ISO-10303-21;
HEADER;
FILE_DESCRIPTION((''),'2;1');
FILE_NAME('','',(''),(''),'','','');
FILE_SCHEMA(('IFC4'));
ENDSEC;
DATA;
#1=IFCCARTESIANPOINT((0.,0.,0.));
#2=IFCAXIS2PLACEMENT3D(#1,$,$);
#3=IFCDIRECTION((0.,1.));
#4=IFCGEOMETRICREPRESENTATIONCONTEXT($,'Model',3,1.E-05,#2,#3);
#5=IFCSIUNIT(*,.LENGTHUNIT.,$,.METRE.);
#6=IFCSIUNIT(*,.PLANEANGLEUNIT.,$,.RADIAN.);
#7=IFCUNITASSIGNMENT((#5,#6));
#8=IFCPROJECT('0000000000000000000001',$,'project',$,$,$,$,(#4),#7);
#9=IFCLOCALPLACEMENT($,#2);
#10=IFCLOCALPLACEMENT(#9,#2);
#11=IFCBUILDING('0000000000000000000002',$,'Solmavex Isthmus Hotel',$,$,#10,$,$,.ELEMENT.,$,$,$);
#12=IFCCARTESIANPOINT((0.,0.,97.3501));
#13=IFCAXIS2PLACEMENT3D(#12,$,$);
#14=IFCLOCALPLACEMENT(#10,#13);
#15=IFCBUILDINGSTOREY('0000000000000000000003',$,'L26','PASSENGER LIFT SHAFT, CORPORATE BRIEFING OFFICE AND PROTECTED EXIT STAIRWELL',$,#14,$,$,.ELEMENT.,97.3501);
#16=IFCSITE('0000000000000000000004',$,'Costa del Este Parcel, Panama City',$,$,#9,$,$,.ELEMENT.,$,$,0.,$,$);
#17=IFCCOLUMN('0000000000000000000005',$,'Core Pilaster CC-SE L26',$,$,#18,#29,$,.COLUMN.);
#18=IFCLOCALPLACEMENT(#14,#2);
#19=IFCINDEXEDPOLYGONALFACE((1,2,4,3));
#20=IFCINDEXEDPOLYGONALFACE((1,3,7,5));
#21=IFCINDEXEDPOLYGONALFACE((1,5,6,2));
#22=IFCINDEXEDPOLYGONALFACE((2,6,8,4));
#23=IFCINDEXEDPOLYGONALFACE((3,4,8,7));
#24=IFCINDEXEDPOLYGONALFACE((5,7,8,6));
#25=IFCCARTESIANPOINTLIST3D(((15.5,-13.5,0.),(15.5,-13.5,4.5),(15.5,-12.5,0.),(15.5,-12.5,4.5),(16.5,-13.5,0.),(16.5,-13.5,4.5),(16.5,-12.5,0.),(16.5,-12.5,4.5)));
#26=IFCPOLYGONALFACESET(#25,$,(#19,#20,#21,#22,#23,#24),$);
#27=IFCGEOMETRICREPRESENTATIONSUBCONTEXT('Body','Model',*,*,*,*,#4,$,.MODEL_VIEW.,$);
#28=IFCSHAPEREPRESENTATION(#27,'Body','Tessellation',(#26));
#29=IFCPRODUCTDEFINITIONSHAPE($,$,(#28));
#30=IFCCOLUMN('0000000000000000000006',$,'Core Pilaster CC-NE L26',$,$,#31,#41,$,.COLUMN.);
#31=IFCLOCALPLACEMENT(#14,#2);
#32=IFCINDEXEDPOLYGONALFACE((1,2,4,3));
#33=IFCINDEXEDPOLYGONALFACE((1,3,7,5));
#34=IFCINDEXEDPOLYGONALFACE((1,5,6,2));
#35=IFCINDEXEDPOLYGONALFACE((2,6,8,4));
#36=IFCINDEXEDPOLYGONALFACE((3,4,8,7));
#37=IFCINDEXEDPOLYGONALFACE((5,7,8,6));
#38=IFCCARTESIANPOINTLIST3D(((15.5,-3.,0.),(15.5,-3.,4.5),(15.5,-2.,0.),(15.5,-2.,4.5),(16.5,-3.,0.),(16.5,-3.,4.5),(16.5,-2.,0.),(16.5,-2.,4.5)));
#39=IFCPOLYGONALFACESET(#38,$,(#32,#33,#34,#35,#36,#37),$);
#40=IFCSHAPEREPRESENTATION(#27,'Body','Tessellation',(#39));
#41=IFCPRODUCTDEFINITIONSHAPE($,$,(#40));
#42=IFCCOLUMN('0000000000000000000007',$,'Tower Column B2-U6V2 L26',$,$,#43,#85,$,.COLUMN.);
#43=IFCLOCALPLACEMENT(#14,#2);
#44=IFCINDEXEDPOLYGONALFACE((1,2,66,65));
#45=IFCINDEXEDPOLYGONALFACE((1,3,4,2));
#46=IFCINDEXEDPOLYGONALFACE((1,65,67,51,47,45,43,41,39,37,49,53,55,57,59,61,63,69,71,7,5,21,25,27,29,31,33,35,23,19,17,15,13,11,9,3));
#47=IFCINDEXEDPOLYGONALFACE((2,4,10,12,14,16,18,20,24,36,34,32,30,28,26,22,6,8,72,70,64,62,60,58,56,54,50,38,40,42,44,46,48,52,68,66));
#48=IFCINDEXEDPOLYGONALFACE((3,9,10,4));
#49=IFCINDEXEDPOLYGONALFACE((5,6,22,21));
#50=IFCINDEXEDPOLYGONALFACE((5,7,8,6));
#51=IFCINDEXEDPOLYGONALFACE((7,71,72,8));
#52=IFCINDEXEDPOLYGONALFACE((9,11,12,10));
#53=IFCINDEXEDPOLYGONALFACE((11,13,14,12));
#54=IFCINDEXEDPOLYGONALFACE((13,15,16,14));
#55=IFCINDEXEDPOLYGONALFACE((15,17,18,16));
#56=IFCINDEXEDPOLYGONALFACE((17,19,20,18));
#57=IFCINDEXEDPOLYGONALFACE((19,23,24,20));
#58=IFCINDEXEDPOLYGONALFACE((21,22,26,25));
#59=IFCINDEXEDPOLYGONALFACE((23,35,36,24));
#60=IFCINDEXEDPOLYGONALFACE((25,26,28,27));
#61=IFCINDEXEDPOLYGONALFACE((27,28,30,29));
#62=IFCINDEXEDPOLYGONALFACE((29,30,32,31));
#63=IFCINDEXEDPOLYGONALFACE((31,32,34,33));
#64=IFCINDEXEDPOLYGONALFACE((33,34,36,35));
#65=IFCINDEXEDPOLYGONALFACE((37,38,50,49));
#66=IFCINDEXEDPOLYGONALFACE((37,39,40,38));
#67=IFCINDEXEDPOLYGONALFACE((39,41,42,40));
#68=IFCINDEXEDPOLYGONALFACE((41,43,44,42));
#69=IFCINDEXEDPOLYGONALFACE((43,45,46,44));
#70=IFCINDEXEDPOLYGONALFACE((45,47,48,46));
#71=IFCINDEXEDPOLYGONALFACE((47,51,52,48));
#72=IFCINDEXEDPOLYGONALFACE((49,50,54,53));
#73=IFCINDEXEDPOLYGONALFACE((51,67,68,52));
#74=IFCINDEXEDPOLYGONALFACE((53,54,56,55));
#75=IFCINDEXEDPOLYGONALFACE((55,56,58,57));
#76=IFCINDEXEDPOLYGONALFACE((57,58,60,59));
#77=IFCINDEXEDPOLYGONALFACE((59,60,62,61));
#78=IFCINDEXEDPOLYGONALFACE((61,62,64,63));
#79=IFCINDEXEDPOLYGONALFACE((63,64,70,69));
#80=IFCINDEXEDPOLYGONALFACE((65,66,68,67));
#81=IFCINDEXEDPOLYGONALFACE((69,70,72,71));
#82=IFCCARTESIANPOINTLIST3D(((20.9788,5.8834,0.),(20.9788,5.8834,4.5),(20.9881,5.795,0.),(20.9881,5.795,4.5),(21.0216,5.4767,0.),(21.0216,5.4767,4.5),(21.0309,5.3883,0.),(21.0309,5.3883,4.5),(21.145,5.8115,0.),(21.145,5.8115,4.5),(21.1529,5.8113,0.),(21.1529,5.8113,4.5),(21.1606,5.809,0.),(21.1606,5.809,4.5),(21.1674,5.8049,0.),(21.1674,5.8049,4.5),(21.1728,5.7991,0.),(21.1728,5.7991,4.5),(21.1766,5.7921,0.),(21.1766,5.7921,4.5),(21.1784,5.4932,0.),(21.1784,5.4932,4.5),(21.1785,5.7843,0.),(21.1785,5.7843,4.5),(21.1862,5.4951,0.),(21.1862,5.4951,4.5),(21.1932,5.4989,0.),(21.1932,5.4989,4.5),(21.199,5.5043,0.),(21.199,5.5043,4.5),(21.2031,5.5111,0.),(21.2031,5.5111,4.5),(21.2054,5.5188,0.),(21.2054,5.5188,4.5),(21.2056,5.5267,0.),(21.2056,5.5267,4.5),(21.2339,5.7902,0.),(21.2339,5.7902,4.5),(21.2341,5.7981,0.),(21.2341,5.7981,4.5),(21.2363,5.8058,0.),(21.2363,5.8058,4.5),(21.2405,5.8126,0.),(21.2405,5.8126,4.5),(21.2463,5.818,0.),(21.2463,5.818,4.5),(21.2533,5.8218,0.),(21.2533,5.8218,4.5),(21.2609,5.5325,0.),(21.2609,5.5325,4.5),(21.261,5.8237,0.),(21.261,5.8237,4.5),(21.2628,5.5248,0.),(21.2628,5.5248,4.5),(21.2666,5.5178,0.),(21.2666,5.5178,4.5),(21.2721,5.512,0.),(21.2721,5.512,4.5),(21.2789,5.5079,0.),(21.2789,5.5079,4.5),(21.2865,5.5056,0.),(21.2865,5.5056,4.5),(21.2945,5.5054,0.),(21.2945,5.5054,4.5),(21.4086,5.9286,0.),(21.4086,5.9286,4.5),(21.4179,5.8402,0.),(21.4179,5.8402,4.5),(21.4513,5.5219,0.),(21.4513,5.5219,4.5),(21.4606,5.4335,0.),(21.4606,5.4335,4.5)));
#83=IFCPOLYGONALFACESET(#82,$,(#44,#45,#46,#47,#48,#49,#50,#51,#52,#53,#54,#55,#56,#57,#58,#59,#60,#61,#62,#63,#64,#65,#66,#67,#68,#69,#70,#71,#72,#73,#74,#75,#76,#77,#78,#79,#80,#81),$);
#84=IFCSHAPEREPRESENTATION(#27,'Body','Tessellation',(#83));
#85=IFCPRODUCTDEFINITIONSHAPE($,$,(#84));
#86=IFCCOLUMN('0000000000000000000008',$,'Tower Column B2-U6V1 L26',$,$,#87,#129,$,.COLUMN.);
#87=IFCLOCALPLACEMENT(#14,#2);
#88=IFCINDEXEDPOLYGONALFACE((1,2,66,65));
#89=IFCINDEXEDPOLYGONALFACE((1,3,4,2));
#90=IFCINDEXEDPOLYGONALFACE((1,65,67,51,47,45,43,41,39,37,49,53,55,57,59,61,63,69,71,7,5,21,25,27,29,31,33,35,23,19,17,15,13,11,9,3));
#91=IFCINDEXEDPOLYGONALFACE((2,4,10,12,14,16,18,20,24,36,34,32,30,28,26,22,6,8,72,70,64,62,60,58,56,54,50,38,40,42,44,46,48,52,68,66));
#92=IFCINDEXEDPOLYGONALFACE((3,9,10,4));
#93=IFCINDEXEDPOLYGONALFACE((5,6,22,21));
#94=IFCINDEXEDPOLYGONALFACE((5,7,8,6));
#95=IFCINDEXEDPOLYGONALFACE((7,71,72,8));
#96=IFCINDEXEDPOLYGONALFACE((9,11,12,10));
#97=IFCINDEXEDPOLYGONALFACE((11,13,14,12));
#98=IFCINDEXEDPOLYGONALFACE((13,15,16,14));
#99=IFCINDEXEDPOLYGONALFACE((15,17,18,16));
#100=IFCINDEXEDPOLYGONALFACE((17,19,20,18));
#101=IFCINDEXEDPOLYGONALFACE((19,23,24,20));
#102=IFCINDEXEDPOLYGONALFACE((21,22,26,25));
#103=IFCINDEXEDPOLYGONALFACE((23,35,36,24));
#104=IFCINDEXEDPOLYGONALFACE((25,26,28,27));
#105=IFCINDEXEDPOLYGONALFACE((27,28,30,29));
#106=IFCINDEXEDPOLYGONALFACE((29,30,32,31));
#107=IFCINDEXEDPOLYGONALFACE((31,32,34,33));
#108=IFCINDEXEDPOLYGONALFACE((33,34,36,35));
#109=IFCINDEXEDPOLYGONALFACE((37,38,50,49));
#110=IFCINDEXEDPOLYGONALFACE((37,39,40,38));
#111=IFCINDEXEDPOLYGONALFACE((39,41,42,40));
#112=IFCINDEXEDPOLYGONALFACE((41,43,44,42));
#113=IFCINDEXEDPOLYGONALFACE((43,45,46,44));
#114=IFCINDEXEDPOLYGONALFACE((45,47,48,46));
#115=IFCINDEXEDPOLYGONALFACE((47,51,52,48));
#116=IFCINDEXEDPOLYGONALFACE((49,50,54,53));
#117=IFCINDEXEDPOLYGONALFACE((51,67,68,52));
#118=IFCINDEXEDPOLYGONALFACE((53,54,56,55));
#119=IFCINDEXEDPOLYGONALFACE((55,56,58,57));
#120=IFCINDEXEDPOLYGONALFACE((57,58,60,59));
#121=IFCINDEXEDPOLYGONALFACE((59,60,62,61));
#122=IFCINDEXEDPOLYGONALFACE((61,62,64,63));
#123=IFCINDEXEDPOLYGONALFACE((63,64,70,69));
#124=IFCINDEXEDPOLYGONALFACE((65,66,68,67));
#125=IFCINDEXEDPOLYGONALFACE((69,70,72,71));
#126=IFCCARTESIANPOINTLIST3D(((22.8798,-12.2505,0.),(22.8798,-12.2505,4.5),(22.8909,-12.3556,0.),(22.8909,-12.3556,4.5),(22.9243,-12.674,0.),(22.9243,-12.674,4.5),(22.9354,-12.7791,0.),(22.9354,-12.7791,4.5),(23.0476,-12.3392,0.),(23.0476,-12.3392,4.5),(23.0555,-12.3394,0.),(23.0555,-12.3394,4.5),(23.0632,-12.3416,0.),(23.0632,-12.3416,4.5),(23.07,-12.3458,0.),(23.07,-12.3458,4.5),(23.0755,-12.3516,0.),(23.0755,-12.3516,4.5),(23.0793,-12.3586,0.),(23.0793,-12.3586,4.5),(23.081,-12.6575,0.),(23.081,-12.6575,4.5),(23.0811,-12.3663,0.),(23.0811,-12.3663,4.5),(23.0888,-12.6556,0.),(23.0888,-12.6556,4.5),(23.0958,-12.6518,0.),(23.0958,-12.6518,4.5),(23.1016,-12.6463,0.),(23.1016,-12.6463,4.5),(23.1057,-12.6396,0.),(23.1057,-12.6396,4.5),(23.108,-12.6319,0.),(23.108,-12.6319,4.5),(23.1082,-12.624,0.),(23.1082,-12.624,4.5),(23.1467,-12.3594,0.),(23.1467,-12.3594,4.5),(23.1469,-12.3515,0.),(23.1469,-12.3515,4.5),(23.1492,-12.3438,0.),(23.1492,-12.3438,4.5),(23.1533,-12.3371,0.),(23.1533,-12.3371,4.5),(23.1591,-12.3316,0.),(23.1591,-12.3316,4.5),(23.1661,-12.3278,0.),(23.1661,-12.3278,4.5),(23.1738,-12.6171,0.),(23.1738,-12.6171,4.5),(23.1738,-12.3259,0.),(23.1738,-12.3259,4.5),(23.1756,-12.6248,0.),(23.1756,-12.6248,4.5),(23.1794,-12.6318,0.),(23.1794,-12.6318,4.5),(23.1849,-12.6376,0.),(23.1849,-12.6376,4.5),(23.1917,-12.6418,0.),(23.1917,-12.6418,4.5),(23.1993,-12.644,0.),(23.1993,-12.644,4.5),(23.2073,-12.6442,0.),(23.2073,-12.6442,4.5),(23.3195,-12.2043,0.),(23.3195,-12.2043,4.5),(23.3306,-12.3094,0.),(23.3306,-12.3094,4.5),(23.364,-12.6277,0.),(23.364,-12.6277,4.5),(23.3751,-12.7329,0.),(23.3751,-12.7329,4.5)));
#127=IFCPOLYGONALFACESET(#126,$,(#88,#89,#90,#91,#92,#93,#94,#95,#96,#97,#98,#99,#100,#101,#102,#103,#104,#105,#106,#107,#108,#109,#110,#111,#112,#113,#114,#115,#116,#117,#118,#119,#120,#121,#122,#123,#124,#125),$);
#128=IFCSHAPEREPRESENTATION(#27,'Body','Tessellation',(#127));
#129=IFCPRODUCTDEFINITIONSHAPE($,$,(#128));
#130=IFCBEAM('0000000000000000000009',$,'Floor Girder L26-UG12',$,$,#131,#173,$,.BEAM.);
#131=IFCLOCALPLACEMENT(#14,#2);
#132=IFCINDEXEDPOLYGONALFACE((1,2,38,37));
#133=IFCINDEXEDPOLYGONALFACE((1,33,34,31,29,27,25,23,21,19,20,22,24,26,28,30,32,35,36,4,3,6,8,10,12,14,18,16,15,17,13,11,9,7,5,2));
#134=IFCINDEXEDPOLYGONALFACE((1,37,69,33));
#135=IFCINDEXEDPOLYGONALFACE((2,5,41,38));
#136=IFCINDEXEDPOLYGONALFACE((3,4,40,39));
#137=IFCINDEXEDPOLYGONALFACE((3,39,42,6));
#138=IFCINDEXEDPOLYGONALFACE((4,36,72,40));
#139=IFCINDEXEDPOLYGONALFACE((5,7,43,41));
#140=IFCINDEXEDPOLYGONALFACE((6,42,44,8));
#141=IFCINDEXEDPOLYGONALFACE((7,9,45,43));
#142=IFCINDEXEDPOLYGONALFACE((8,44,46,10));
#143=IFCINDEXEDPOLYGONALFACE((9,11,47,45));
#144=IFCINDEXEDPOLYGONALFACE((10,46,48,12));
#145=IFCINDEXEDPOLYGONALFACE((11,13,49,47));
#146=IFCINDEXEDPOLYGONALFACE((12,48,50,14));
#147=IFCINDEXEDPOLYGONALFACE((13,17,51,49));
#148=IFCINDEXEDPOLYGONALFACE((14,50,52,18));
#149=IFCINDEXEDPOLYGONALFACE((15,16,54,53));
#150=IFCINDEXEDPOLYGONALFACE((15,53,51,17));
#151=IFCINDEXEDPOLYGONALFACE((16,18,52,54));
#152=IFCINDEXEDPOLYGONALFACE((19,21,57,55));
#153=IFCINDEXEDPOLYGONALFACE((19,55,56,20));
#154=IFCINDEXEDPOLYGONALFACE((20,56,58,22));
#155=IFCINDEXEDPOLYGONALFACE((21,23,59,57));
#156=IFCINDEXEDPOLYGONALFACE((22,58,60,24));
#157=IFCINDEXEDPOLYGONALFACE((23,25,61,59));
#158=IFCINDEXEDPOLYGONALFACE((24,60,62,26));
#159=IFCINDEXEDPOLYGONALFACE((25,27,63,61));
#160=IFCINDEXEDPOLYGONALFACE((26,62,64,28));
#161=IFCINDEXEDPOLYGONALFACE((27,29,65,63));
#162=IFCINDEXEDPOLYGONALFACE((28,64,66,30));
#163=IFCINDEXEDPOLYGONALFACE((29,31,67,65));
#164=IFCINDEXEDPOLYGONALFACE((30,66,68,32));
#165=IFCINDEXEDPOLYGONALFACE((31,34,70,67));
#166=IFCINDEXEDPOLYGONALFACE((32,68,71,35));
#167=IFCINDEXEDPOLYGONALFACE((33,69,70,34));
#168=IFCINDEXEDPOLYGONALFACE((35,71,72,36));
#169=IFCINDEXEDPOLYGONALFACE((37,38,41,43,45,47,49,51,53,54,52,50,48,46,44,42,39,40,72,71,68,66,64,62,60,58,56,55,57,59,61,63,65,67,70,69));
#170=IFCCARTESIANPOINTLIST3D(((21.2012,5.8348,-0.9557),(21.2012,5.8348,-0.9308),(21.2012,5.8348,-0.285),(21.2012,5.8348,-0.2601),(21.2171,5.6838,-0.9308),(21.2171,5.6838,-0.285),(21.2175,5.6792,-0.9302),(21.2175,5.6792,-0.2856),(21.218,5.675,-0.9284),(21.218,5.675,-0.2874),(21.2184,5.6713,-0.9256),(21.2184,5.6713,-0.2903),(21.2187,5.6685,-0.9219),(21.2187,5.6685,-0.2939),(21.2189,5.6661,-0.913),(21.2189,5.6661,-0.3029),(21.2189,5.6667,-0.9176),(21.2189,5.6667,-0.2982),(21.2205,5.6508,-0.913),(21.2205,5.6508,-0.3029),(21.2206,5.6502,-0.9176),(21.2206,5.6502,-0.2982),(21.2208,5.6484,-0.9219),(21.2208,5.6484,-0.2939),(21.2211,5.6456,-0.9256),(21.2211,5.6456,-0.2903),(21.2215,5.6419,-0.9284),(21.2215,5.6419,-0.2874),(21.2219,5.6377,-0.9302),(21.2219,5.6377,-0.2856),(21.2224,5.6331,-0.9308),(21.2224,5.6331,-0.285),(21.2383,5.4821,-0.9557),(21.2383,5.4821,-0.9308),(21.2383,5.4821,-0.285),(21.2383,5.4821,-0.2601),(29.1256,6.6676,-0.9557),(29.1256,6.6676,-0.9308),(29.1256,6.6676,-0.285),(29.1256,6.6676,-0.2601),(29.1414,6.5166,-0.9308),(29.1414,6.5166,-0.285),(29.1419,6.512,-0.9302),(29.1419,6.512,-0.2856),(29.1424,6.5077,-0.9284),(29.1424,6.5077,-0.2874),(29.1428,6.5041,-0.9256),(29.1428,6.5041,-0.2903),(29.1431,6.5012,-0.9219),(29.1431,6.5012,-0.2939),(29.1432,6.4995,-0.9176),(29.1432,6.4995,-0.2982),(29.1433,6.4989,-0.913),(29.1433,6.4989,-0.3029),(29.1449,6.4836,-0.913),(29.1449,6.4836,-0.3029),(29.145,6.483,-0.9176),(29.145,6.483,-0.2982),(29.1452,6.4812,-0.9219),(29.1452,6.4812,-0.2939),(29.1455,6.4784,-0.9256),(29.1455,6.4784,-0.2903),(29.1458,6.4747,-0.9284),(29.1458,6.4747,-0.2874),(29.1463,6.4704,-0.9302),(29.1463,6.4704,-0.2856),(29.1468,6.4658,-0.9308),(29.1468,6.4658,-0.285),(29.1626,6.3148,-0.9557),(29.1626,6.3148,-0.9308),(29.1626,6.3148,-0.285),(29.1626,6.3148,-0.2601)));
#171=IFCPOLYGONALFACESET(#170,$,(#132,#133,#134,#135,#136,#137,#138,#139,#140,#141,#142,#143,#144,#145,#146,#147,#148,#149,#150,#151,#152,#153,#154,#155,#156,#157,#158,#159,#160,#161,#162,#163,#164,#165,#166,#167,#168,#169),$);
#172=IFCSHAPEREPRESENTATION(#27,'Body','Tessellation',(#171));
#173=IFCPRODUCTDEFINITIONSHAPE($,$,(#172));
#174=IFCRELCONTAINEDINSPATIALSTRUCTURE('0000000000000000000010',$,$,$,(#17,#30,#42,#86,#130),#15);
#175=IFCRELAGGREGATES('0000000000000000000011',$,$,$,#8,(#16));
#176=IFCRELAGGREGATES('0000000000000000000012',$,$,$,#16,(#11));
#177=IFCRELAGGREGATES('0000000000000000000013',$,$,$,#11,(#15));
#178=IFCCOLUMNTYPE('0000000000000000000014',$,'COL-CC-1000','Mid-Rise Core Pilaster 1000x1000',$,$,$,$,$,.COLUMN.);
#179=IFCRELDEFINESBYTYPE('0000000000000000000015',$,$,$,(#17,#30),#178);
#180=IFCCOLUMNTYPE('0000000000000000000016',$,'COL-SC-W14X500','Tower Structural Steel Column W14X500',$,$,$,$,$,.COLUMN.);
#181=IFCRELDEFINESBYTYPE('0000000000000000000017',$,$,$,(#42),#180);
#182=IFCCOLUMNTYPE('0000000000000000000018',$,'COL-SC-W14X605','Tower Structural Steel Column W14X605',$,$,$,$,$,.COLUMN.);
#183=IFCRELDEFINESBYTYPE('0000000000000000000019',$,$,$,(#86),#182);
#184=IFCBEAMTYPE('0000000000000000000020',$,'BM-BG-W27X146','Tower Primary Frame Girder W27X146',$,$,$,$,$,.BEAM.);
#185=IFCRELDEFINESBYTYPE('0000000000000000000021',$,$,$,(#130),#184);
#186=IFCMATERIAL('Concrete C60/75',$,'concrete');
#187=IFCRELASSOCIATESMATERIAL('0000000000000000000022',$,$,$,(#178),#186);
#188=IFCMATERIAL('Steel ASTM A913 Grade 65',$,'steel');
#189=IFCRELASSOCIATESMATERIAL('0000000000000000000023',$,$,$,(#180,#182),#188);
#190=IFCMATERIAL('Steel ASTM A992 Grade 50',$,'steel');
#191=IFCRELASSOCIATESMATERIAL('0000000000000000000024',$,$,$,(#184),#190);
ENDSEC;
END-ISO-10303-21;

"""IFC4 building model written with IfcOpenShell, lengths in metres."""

from ifc_helpers import new_model, si_unit, direction, frame, origin, origin_2d, place, context, subcontext, project, spatial, rectangle, i_section, extrude, material, material_profile, profile_set, type_object, element, save


model = new_model("IFC4")

# Units and contexts
model_context = context("Model", 3, precision=1e-05, world=origin(), true_north=direction((0.0, 1.0)))
body_context = subcontext(model_context, "Body", "Model", "MODEL_VIEW")
ifc_project = project(units=[si_unit("LENGTHUNIT", "METRE"), si_unit("PLANEANGLEUNIT", "RADIAN")], contexts=[model_context])

# Site, building, storey
site_placement = place(None, origin())
site = spatial("IfcSite", under=ifc_project, at=site_placement, Name="Costa del Este Parcel, Panama City", CompositionType="ELEMENT", RefElevation=0.0)
building_placement = place(site_placement, origin())
building = spatial("IfcBuilding", under=site, at=building_placement, Name="Solmavex Isthmus Hotel", CompositionType="ELEMENT")
storey_placement = place(building_placement, frame((0.0, 0.0, 97.3501)))
storey = spatial("IfcBuildingStorey", under=building, at=storey_placement, Name="L26", Description="PASSENGER LIFT SHAFT, CORPORATE BRIEFING OFFICE AND PROTECTED EXIT STAIRWELL", CompositionType="ELEMENT", Elevation=97.3501)

# Columns
ifc_material_1 = material(Name="Concrete C60/75", Category="concrete")
ifc_material_profile_1 = material_profile(ifc_material_1, rectangle(XDim=1.0, YDim=1.0, at=origin_2d()), Name="RC1000X1000")
ifc_profile_set_1 = profile_set([ifc_material_profile_1], Name="Concrete C60/75")
column_type_1 = type_object("IfcColumnType", Name="COL-CC-1000", Description="Mid-Rise Core Pilaster 1000x1000", PredefinedType="COLUMN", material=ifc_profile_set_1)
for number, where, z_axis, x_axis, name in (
    (1, (16.0, -13.0, 0.0), (0.0, 0.0, 1.0), (1.0, 0.0, 0.0), "Core Pilaster CC-SE L26"),
    (2, (16.0, -2.5, 0.0), (0.0, 0.0, 1.0), (1.0, 0.0, 0.0), "Core Pilaster CC-NE L26"),
):
    element("IfcColumn", number, at=place(storey_placement, frame(where, z_axis=z_axis, x_axis=x_axis)), inside=storey, type_object=column_type_1, Name=name, PredefinedType="COLUMN", context=body_context, shape_type="SweptSolid", body=[
        extrude(rectangle(XDim=1.0, YDim=1.0, at=origin_2d()), origin(), (0.0, 0.0, 1.0), 4.5),
    ])
ifc_material_2 = material(Name="Steel ASTM A913 Grade 65", Category="steel")
ifc_material_profile_2 = material_profile(ifc_material_2, i_section(OverallWidth=0.4321, OverallDepth=0.4978, WebThickness=0.0557, FlangeThickness=0.0889, FilletRadius=0.0305, at=origin_2d()), Name="W14X500")
ifc_profile_set_2 = profile_set([ifc_material_profile_2], Name="Steel ASTM A913 Grade 65")
column_type_2 = type_object("IfcColumnType", Name="COL-SC-W14X500", Description="Tower Structural Steel Column W14X500", PredefinedType="COLUMN", material=ifc_profile_set_2)
column_1_placement = place(storey_placement, frame((21.2197, 5.6584, 0.0), z_axis=(0.0, 0.0, 1.0), x_axis=(0.994522, 0.104528, 0.0)))
element("IfcColumn", 3, at=column_1_placement, inside=storey, type_object=column_type_2, Name="Tower Column B2-U6V2 L26", PredefinedType="COLUMN", context=body_context, shape_type="SweptSolid", body=[
    extrude(i_section(OverallWidth=0.4321, OverallDepth=0.4978, WebThickness=0.0557, FlangeThickness=0.0889, FilletRadius=0.0305, at=origin_2d()), origin(), (0.0, 0.0, 1.0), 4.5),
])
ifc_material_profile_3 = material_profile(ifc_material_2, i_section(OverallWidth=0.4421, OverallDepth=0.5315, WebThickness=0.0659, FlangeThickness=0.1057, FilletRadius=0.0305, at=origin_2d()), Name="W14X605")
ifc_profile_set_3 = profile_set([ifc_material_profile_3], Name="Steel ASTM A913 Grade 65")
column_type_3 = type_object("IfcColumnType", Name="COL-SC-W14X605", Description="Tower Structural Steel Column W14X605", PredefinedType="COLUMN", material=ifc_profile_set_3)
column_2_placement = place(storey_placement, frame((23.1274, -12.4917, 0.0), z_axis=(0.0, 0.0, 1.0), x_axis=(0.994522, 0.104528, 0.0)))
element("IfcColumn", 4, at=column_2_placement, inside=storey, type_object=column_type_3, Name="Tower Column B2-U6V1 L26", PredefinedType="COLUMN", context=body_context, shape_type="SweptSolid", body=[
    extrude(i_section(OverallWidth=0.4421, OverallDepth=0.5315, WebThickness=0.0659, FlangeThickness=0.1057, FilletRadius=0.0305, at=origin_2d()), origin(), (0.0, 0.0, 1.0), 4.5),
])

# Beam
ifc_material_3 = material(Name="Steel ASTM A992 Grade 50", Category="steel")
ifc_material_profile_4 = material_profile(ifc_material_3, i_section(OverallWidth=0.3547, OverallDepth=0.6956, WebThickness=0.0154, FlangeThickness=0.0249, FilletRadius=0.0178, at=origin_2d()), Name="W27X146")
ifc_profile_set_4 = profile_set([ifc_material_profile_4], Name="Steel ASTM A992 Grade 50")
beam_type_1 = type_object("IfcBeamType", Name="BM-BG-W27X146", Description="Tower Primary Frame Girder W27X146", PredefinedType="BEAM", material=ifc_profile_set_4)
beam_1_placement = place(storey_placement, frame((21.2197, 5.6584, -0.6079), z_axis=(0.994523, 0.104514, 0.0), x_axis=(-0.104514, 0.994523, 0.0)))
element("IfcBeam", 5, at=beam_1_placement, inside=storey, type_object=beam_type_1, Name="Floor Girder L26-UG12", PredefinedType="BEAM", context=body_context, shape_type="SweptSolid", body=[
    extrude(i_section(OverallWidth=0.3547, OverallDepth=0.6956, WebThickness=0.0154, FlangeThickness=0.0249, FilletRadius=0.0178, at=origin_2d()), origin(), (0.0, 0.0, 1.0), 7.968),
])

save(model, "model.ifc")
